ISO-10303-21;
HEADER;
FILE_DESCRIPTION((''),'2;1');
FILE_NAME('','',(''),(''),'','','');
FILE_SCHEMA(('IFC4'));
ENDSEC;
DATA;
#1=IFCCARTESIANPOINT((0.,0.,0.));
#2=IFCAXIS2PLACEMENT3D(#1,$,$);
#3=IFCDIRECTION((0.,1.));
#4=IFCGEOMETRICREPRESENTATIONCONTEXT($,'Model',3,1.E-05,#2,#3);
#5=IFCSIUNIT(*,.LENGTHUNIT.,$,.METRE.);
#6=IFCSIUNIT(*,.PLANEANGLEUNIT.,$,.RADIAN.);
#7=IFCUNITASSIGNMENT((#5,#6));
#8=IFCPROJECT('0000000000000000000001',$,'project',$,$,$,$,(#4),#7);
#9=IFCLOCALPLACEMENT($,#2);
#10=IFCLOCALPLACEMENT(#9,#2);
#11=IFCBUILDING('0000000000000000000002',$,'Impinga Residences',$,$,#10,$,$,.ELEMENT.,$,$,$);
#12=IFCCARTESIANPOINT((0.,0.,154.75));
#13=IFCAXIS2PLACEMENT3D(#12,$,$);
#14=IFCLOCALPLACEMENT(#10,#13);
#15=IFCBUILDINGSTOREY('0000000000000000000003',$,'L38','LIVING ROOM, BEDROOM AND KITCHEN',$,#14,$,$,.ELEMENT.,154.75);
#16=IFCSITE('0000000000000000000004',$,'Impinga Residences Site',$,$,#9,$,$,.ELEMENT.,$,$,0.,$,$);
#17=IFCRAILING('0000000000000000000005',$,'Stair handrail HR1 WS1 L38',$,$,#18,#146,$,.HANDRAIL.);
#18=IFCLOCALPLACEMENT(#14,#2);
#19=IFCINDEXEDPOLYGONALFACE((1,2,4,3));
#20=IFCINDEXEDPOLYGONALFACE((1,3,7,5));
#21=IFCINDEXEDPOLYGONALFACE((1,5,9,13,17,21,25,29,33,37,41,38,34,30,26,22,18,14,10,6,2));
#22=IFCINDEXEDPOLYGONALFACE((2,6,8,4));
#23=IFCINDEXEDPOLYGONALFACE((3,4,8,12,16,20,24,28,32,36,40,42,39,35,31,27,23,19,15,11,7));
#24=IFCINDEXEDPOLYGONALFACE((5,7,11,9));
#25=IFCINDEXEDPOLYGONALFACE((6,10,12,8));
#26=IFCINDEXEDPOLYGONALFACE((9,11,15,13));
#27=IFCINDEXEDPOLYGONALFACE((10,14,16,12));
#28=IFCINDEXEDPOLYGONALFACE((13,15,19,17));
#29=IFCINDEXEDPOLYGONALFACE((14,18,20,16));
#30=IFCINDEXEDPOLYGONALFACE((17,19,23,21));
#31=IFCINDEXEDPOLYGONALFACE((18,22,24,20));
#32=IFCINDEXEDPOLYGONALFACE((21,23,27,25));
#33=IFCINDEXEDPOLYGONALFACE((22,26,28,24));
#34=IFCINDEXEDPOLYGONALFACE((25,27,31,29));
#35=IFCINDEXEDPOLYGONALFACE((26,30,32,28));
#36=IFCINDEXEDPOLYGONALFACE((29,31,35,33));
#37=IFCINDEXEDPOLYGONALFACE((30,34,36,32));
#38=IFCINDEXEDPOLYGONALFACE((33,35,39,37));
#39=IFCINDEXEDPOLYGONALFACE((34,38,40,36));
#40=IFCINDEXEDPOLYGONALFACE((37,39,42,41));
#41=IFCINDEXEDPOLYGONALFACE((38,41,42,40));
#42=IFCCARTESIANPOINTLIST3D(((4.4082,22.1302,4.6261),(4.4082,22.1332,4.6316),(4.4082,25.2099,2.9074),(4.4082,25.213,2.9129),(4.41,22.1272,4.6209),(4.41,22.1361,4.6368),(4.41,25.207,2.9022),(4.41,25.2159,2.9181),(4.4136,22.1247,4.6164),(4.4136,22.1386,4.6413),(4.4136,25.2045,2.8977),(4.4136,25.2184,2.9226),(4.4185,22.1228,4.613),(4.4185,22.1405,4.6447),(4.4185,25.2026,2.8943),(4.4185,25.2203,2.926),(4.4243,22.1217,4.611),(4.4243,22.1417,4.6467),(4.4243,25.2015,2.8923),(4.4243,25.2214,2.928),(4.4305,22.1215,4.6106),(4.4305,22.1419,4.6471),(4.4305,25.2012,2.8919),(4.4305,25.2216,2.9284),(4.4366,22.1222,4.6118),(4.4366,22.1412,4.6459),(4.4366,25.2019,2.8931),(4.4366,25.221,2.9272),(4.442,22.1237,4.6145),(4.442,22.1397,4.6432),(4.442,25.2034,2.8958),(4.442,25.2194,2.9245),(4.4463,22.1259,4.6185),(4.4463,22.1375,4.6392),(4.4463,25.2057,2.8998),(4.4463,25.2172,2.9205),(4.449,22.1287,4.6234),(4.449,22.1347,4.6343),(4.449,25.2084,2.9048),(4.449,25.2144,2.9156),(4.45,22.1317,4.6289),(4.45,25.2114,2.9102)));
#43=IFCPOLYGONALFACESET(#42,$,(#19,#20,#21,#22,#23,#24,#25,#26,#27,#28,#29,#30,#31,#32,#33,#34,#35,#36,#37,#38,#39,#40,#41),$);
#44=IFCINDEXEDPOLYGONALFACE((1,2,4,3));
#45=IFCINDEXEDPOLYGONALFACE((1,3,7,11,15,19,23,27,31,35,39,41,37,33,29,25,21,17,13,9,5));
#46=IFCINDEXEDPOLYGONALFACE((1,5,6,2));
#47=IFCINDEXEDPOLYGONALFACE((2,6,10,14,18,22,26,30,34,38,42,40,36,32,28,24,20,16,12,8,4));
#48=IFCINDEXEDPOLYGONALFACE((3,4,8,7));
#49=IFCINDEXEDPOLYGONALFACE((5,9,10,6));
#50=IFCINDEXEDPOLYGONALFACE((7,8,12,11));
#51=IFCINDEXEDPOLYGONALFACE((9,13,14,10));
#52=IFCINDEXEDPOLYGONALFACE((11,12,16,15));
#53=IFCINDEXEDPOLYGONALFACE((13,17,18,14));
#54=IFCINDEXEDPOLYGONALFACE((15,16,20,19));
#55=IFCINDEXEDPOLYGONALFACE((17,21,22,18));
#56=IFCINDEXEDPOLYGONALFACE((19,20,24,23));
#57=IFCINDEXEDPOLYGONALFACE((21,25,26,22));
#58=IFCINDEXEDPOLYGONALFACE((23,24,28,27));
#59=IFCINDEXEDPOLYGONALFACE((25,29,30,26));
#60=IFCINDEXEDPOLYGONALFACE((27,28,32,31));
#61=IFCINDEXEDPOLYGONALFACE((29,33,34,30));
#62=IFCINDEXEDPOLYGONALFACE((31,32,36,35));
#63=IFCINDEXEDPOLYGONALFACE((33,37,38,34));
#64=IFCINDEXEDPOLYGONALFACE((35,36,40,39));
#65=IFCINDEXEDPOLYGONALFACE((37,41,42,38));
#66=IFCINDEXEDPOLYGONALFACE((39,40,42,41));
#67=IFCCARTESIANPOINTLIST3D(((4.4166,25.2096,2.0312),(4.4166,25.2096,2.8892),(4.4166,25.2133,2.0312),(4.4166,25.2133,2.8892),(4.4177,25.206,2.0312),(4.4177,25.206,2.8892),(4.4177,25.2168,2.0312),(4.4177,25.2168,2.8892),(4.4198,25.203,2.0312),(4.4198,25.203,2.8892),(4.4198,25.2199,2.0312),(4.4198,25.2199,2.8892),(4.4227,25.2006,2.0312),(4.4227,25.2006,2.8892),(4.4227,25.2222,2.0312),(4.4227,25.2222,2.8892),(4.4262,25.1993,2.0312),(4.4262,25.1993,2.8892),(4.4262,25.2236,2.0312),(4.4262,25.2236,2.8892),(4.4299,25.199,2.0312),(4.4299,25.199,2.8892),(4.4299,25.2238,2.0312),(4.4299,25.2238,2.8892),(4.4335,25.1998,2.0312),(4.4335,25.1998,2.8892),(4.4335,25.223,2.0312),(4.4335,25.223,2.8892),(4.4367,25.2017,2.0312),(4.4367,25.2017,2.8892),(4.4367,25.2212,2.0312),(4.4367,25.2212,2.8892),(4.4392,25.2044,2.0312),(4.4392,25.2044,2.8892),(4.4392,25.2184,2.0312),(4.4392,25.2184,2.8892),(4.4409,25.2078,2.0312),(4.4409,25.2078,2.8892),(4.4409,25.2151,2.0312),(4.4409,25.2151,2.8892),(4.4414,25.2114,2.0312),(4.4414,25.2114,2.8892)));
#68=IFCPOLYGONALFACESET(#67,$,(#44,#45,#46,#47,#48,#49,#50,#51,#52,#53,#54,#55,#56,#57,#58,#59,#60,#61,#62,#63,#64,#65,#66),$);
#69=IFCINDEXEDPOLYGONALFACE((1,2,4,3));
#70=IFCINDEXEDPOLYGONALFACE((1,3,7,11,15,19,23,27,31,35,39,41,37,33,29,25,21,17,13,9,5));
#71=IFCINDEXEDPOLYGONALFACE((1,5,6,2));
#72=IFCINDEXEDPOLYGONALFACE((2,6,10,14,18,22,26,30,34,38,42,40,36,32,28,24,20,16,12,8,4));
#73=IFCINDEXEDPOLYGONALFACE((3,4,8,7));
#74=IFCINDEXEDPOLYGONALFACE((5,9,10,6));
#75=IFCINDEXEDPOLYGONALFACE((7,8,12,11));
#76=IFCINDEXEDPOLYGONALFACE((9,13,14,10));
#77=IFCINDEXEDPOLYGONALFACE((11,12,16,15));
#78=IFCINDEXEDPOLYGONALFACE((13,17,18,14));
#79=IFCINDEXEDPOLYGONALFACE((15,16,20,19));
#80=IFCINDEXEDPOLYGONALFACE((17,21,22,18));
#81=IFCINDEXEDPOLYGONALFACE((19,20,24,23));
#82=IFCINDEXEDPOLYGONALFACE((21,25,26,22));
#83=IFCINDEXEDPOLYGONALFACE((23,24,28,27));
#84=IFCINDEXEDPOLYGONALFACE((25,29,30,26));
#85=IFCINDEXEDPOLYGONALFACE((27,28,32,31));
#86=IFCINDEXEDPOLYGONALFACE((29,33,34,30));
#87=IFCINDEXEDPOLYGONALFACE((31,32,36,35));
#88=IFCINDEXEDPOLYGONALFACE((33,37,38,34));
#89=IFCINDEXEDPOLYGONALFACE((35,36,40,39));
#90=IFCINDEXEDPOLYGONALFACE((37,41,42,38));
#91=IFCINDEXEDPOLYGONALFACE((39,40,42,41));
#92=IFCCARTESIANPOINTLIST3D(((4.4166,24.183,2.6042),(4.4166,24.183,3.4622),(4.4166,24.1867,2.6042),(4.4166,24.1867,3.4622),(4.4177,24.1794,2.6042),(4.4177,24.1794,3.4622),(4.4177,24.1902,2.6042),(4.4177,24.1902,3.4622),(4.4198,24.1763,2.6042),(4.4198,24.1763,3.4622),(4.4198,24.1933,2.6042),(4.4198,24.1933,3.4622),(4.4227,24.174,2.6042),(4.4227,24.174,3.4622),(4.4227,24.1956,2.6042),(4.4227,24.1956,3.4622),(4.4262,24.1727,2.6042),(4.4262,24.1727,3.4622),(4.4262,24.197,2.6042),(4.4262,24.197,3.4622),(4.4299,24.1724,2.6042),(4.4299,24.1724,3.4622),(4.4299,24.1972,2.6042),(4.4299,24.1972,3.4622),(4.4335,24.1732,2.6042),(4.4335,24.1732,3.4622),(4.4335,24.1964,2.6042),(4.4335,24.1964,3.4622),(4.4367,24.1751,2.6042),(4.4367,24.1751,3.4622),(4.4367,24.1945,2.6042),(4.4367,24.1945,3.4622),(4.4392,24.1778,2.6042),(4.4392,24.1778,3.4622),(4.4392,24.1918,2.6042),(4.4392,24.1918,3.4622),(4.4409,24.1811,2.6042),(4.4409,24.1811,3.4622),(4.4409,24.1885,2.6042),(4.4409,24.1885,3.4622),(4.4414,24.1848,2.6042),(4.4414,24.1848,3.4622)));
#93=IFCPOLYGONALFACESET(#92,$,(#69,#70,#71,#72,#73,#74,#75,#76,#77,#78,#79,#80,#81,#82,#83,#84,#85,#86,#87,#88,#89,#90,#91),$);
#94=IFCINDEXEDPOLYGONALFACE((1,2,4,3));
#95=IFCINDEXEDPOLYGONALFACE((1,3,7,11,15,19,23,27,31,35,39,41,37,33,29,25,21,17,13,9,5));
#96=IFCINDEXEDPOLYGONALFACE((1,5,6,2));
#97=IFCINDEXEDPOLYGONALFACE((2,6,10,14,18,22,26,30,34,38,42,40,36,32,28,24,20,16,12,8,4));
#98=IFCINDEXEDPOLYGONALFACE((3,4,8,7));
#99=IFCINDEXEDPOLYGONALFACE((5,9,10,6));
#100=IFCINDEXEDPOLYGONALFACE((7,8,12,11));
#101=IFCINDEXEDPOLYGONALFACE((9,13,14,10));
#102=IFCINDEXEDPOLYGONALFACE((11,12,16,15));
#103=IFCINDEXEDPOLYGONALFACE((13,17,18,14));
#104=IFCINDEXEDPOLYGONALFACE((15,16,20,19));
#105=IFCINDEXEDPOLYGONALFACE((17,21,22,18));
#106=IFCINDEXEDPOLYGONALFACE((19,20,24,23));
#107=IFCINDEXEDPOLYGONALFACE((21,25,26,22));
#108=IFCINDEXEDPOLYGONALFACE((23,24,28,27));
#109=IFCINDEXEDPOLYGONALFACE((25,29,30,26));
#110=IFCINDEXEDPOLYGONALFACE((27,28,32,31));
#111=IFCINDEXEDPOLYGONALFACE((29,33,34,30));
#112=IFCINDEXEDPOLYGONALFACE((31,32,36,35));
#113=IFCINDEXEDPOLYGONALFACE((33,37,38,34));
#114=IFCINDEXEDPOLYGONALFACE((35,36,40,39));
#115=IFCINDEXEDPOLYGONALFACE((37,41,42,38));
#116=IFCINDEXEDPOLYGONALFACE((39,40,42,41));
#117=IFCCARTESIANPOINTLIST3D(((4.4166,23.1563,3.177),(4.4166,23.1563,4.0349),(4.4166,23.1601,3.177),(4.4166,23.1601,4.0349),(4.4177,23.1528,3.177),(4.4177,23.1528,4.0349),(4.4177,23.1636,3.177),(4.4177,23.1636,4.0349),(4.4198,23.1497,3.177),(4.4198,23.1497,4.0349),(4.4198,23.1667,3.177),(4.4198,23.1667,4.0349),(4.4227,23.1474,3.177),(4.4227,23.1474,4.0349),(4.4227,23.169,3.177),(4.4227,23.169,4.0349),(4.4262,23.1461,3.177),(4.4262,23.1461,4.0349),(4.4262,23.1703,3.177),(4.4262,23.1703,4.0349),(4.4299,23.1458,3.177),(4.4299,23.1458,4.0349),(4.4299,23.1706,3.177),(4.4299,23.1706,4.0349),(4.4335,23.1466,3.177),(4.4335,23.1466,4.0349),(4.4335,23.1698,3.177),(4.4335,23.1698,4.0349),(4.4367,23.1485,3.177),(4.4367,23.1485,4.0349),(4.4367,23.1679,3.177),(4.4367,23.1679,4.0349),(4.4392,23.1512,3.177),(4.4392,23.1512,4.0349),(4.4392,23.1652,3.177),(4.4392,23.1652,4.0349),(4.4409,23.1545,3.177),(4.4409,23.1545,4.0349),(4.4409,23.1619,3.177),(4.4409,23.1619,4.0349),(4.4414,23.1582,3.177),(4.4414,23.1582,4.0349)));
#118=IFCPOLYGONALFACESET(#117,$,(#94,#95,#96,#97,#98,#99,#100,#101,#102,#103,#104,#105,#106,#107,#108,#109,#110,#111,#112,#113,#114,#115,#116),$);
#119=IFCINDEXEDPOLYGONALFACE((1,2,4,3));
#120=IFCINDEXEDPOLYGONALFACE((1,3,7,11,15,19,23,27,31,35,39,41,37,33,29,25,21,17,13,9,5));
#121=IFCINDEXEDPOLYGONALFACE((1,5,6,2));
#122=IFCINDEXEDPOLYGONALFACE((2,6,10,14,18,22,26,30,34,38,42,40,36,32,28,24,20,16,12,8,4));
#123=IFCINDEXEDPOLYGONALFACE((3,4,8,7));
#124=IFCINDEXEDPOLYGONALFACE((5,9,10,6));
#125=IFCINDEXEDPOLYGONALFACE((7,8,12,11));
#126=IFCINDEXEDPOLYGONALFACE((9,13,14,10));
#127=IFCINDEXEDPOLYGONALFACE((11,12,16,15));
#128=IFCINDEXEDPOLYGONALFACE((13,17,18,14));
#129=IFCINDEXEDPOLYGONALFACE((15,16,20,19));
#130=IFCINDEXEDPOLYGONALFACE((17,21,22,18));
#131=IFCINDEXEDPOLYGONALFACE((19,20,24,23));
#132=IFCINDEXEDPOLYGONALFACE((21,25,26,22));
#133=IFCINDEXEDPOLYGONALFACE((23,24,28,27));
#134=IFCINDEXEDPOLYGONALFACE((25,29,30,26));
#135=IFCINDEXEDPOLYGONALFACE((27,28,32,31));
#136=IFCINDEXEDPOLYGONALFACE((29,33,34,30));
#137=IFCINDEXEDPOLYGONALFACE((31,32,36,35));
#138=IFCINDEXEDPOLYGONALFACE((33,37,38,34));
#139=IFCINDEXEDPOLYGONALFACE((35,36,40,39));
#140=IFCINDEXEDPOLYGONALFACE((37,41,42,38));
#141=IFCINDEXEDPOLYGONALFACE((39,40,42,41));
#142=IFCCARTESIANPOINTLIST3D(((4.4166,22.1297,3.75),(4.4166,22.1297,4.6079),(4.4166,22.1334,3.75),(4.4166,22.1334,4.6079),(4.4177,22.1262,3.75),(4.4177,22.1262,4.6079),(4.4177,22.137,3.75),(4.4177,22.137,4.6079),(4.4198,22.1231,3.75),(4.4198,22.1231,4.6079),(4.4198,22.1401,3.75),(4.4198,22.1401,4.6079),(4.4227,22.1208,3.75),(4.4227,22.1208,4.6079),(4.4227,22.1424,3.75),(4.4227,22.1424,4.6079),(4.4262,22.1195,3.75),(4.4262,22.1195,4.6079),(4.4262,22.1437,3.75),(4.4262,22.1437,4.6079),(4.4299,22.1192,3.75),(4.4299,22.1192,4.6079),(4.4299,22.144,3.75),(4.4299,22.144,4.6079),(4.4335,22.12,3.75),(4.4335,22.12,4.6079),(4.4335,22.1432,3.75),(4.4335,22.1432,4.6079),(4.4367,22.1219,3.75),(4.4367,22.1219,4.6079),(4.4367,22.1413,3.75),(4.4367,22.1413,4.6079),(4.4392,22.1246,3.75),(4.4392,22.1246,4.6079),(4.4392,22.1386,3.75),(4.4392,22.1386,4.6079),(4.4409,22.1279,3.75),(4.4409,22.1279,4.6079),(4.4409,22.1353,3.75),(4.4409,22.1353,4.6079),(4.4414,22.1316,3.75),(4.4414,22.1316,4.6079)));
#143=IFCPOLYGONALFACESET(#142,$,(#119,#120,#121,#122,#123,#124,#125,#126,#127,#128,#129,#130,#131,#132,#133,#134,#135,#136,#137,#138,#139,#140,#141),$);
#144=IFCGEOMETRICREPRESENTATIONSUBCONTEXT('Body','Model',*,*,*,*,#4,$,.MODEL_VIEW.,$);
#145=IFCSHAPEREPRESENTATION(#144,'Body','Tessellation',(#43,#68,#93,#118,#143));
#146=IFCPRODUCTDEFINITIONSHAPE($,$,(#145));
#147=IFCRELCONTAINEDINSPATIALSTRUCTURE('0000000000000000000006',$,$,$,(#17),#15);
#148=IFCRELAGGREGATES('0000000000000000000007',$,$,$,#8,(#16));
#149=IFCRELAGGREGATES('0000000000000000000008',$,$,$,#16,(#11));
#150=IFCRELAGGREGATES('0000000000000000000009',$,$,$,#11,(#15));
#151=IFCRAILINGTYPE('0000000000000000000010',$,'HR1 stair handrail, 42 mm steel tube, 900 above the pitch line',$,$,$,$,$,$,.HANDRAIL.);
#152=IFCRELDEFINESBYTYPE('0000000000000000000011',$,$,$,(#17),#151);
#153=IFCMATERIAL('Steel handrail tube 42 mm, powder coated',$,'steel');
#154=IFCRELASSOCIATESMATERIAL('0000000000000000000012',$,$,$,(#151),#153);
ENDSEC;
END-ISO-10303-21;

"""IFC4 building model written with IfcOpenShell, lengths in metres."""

from ifc_helpers import new_model, si_unit, direction, frame, origin, origin_2d, place, context, subcontext, project, spatial, circle, extrude, material, type_object, element, save


model = new_model("IFC4")

# Units and contexts
model_context = context("Model", 3, precision=1e-05, world=origin(), true_north=direction((0.0, 1.0)))
body_context = subcontext(model_context, "Body", "Model", "MODEL_VIEW")
ifc_project = project(units=[si_unit("LENGTHUNIT", "METRE"), si_unit("PLANEANGLEUNIT", "RADIAN")], contexts=[model_context])

# Site, building, storey
site_placement = place(None, origin())
site = spatial("IfcSite", under=ifc_project, at=site_placement, Name="Impinga Residences Site", CompositionType="ELEMENT", RefElevation=0.0)
building_placement = place(site_placement, origin())
building = spatial("IfcBuilding", under=site, at=building_placement, Name="Impinga Residences", CompositionType="ELEMENT")
storey_placement = place(building_placement, frame((0.0, 0.0, 154.75)))
storey = spatial("IfcBuildingStorey", under=building, at=storey_placement, Name="L38", Description="LIVING ROOM, BEDROOM AND KITCHEN", CompositionType="ELEMENT", Elevation=154.75)

# Railing
ifc_material_1 = material(Name="Steel handrail tube 42 mm, powder coated", Category="steel")
railing_type_1 = type_object("IfcRailingType", Name="HR1 stair handrail, 42 mm steel tube, 900 above the pitch line", PredefinedType="HANDRAIL", material=ifc_material_1)
railing_1_placement = place(storey_placement, frame((4.429, 25.2114, 2.0312)))
element("IfcRailing", 1, at=railing_1_placement, inside=storey, type_object=railing_type_1, Name="Stair handrail HR1 WS1 L38", PredefinedType="HANDRAIL", context=body_context, shape_type="SweptSolid", body=[
    extrude(circle(Radius=0.021, at=origin_2d()), frame((0.0, 0.0, 0.8789), z_axis=(0.0, -0.873225, 0.487317), x_axis=(1.0, 0.0, 0.0)), (0.0, 0.0, 1.0), 3.5269),
    extrude(circle(Radius=0.0125, at=origin_2d()), origin(), (0.0, 0.0, 1.0), 0.8579),
    extrude(circle(Radius=0.0125, at=origin_2d()), frame((0.0, -1.0266, 0.573)), (0.0, 0.0, 1.0), 0.8579),
    extrude(circle(Radius=0.0125, at=origin_2d()), frame((0.0, -2.0532, 1.1458)), (0.0, 0.0, 1.0), 0.8579),
    extrude(circle(Radius=0.0125, at=origin_2d()), frame((0.0, -3.0798, 1.7188)), (0.0, 0.0, 1.0), 0.8579),
])

save(model, "model.ifc")
